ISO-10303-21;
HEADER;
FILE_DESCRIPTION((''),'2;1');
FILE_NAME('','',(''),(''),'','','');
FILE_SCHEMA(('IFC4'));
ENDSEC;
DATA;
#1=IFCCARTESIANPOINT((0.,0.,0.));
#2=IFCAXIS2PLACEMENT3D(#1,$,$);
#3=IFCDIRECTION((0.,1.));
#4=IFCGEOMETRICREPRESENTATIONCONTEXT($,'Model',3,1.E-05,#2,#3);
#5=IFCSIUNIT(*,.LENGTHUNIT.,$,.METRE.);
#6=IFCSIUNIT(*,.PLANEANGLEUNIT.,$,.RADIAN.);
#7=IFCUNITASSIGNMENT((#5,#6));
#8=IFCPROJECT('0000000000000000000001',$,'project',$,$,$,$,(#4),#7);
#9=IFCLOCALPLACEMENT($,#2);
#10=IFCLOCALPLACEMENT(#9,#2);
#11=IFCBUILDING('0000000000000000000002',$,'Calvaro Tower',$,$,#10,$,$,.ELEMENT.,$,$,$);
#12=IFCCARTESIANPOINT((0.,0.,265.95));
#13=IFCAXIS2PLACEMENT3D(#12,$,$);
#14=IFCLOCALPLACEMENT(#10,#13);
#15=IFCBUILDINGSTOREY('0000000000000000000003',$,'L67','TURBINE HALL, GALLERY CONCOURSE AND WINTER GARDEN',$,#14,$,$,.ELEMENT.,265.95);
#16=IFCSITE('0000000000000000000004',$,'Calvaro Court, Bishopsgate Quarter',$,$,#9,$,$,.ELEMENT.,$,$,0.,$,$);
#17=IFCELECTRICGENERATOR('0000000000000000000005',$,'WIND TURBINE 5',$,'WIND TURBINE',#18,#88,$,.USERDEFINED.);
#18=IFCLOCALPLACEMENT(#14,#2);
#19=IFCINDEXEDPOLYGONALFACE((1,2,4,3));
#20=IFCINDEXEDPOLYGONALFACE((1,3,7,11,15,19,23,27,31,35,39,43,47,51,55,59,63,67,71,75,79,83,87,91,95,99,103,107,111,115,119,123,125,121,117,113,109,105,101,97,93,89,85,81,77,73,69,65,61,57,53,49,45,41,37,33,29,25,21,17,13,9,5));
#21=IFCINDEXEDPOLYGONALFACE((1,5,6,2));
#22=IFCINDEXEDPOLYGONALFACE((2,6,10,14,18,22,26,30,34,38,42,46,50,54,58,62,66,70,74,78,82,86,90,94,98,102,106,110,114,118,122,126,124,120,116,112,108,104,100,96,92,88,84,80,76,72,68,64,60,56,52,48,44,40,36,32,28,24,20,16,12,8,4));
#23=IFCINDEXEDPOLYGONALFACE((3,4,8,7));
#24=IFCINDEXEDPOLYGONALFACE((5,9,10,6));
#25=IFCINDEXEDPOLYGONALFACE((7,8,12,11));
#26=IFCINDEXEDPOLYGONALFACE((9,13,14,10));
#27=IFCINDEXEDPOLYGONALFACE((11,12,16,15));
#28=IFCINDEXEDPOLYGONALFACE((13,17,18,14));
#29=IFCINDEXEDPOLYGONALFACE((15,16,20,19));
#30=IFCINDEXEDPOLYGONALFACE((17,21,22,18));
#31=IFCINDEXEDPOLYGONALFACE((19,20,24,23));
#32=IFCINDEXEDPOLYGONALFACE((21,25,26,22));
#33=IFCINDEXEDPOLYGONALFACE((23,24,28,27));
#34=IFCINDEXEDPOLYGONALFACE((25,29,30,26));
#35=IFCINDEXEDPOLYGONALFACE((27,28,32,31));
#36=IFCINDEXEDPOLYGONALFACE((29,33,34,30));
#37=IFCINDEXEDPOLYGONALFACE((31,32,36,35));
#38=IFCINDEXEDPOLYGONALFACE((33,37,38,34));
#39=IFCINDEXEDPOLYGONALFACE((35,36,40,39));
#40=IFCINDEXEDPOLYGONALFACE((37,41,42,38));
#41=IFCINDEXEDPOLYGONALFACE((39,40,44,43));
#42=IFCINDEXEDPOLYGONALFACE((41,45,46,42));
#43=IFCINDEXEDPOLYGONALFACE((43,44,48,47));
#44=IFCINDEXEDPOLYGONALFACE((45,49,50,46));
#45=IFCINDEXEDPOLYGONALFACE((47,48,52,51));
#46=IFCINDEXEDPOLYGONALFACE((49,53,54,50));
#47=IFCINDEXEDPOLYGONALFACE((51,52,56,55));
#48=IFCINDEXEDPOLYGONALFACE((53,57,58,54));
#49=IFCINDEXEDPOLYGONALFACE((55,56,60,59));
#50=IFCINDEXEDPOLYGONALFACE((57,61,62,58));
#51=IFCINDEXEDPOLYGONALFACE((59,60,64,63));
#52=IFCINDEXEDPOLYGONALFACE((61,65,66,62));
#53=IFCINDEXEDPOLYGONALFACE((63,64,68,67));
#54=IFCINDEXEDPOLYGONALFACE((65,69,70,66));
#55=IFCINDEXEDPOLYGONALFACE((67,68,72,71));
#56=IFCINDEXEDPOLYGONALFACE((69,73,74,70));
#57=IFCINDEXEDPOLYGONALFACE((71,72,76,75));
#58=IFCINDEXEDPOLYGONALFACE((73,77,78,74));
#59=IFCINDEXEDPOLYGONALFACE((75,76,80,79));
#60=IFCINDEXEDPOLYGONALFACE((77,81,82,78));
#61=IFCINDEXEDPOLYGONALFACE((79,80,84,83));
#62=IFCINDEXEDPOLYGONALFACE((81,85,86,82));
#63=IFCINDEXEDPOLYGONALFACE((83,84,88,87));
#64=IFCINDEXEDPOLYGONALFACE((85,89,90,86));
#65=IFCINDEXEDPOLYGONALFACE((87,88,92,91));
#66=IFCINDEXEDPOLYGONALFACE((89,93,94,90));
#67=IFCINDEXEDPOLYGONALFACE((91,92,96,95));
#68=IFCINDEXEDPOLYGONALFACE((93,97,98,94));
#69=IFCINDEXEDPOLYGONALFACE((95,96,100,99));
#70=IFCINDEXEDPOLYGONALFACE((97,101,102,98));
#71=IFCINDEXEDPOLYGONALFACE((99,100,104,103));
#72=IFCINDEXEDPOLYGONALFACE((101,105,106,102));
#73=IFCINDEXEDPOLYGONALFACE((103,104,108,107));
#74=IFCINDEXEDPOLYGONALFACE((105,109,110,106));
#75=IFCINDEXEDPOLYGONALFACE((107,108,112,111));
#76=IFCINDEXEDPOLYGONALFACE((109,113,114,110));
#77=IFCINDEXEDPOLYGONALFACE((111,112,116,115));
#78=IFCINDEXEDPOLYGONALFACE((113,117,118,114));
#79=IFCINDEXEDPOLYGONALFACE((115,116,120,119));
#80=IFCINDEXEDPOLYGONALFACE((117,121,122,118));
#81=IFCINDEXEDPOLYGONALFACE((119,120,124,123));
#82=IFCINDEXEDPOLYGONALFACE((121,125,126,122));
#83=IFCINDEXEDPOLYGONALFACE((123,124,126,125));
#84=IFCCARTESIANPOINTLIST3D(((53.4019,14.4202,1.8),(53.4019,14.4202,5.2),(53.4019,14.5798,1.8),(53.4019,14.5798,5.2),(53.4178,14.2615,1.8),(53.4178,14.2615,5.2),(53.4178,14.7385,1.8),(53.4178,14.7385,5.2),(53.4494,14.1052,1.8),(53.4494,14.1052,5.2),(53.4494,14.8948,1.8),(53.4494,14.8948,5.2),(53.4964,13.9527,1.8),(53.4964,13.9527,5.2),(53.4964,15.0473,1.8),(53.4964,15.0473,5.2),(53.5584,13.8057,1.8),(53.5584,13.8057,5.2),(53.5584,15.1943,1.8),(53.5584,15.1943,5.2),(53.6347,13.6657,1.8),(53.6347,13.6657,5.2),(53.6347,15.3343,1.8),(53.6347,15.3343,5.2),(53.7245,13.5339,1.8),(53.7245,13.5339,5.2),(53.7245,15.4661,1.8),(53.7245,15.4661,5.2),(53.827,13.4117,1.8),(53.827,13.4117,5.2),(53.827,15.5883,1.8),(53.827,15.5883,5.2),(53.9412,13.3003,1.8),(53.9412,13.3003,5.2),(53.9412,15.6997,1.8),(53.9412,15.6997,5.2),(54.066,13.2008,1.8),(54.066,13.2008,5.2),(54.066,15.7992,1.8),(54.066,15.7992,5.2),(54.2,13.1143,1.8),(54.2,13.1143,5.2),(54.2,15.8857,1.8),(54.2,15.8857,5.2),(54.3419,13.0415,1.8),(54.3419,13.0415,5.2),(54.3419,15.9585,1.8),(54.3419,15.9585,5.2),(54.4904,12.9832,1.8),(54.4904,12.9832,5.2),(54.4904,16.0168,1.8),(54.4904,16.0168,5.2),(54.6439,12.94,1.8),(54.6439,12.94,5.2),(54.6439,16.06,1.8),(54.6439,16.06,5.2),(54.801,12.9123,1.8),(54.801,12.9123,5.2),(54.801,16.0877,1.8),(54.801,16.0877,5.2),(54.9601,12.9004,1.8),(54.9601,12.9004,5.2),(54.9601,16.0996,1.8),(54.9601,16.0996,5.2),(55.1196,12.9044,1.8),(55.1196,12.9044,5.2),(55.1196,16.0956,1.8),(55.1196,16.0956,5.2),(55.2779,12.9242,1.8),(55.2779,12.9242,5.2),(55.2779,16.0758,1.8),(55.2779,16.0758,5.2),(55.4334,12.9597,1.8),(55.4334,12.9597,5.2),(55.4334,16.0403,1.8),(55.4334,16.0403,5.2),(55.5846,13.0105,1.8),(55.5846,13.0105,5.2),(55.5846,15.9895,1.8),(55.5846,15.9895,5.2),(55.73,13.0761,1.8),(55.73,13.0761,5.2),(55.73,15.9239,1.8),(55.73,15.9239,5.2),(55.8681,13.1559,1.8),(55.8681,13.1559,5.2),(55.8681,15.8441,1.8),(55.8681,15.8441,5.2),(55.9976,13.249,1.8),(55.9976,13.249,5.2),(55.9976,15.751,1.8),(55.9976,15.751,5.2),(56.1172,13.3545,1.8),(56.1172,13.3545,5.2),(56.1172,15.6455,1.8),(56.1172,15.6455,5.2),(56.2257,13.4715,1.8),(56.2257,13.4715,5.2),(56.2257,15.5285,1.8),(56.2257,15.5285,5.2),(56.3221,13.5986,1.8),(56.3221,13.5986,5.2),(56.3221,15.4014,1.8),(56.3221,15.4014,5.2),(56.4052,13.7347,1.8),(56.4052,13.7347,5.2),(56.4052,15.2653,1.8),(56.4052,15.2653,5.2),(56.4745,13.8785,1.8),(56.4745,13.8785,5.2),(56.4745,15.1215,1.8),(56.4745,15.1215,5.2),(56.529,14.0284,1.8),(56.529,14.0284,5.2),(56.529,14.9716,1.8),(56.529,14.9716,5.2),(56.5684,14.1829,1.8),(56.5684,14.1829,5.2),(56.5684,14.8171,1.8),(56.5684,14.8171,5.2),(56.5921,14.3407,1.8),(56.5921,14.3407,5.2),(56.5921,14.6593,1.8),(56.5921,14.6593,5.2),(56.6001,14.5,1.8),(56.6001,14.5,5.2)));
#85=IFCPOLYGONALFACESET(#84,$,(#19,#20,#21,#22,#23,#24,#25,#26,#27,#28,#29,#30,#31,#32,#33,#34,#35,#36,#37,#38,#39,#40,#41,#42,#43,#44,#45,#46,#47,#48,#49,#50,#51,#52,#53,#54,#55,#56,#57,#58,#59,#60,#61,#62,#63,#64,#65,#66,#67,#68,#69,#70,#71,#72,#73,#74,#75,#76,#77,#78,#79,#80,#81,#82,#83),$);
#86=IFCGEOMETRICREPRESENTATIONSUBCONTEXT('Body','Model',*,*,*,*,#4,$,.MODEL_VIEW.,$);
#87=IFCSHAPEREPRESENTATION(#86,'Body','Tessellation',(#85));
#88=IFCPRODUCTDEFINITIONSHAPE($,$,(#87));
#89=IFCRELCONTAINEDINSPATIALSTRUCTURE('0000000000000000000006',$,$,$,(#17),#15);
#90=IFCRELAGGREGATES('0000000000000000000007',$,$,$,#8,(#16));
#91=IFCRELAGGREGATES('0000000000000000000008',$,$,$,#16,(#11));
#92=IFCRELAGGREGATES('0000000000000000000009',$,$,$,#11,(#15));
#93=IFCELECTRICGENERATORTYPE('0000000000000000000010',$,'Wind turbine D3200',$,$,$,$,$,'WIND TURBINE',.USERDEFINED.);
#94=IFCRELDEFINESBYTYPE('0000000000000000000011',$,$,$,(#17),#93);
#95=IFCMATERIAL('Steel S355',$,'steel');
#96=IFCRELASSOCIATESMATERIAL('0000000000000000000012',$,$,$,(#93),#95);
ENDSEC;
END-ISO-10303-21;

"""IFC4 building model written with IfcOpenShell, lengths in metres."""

from ifc_helpers import new_model, si_unit, direction, frame, origin, origin_2d, place, context, subcontext, project, spatial, circle, extrude, material, material_profile, profile_set, type_object, element, save


model = new_model("IFC4")

# Units and contexts
model_context = context("Model", 3, precision=1e-05, world=origin(), true_north=direction((0.0, 1.0)))
body_context = subcontext(model_context, "Body", "Model", "MODEL_VIEW")
ifc_project = project(units=[si_unit("LENGTHUNIT", "METRE"), si_unit("PLANEANGLEUNIT", "RADIAN")], contexts=[model_context])

# Site, building, storey
site_placement = place(None, origin())
site = spatial("IfcSite", under=ifc_project, at=site_placement, Name="Calvaro Court, Bishopsgate Quarter", CompositionType="ELEMENT", RefElevation=0.0)
building_placement = place(site_placement, origin())
building = spatial("IfcBuilding", under=site, at=building_placement, Name="Calvaro Tower", CompositionType="ELEMENT")
storey_placement = place(building_placement, frame((0.0, 0.0, 265.95)))
storey = spatial("IfcBuildingStorey", under=building, at=storey_placement, Name="L67", Description="TURBINE HALL, GALLERY CONCOURSE AND WINTER GARDEN", CompositionType="ELEMENT", Elevation=265.95)

# Electric generator
ifc_material_1 = material(Name="Steel S355", Category="steel")
ifc_material_profile_1 = material_profile(ifc_material_1, circle(Radius=1.6001, at=origin_2d()), Name="Wind turbine D3200")
ifc_profile_set_1 = profile_set([ifc_material_profile_1], Name="Steel S355")
electric_generator_type = type_object("IfcElectricGeneratorType", Name="Wind turbine D3200", ElementType="WIND TURBINE", PredefinedType="USERDEFINED", material=ifc_profile_set_1)
electric_generator_placement = place(storey_placement, frame((55.0, 14.5, 1.8), z_axis=(0.0, 0.0, 1.0), x_axis=(1.0, 0.0, 0.0)))
element("IfcElectricGenerator", 1, at=electric_generator_placement, inside=storey, type_object=electric_generator_type, Name="WIND TURBINE 5", ObjectType="WIND TURBINE", PredefinedType="USERDEFINED", context=body_context, shape_type="SweptSolid", body=[
    extrude(circle(Radius=1.6001, at=origin_2d()), origin(), (0.0, 0.0, 1.0), 3.3999),
])

save(model, "model.ifc")
